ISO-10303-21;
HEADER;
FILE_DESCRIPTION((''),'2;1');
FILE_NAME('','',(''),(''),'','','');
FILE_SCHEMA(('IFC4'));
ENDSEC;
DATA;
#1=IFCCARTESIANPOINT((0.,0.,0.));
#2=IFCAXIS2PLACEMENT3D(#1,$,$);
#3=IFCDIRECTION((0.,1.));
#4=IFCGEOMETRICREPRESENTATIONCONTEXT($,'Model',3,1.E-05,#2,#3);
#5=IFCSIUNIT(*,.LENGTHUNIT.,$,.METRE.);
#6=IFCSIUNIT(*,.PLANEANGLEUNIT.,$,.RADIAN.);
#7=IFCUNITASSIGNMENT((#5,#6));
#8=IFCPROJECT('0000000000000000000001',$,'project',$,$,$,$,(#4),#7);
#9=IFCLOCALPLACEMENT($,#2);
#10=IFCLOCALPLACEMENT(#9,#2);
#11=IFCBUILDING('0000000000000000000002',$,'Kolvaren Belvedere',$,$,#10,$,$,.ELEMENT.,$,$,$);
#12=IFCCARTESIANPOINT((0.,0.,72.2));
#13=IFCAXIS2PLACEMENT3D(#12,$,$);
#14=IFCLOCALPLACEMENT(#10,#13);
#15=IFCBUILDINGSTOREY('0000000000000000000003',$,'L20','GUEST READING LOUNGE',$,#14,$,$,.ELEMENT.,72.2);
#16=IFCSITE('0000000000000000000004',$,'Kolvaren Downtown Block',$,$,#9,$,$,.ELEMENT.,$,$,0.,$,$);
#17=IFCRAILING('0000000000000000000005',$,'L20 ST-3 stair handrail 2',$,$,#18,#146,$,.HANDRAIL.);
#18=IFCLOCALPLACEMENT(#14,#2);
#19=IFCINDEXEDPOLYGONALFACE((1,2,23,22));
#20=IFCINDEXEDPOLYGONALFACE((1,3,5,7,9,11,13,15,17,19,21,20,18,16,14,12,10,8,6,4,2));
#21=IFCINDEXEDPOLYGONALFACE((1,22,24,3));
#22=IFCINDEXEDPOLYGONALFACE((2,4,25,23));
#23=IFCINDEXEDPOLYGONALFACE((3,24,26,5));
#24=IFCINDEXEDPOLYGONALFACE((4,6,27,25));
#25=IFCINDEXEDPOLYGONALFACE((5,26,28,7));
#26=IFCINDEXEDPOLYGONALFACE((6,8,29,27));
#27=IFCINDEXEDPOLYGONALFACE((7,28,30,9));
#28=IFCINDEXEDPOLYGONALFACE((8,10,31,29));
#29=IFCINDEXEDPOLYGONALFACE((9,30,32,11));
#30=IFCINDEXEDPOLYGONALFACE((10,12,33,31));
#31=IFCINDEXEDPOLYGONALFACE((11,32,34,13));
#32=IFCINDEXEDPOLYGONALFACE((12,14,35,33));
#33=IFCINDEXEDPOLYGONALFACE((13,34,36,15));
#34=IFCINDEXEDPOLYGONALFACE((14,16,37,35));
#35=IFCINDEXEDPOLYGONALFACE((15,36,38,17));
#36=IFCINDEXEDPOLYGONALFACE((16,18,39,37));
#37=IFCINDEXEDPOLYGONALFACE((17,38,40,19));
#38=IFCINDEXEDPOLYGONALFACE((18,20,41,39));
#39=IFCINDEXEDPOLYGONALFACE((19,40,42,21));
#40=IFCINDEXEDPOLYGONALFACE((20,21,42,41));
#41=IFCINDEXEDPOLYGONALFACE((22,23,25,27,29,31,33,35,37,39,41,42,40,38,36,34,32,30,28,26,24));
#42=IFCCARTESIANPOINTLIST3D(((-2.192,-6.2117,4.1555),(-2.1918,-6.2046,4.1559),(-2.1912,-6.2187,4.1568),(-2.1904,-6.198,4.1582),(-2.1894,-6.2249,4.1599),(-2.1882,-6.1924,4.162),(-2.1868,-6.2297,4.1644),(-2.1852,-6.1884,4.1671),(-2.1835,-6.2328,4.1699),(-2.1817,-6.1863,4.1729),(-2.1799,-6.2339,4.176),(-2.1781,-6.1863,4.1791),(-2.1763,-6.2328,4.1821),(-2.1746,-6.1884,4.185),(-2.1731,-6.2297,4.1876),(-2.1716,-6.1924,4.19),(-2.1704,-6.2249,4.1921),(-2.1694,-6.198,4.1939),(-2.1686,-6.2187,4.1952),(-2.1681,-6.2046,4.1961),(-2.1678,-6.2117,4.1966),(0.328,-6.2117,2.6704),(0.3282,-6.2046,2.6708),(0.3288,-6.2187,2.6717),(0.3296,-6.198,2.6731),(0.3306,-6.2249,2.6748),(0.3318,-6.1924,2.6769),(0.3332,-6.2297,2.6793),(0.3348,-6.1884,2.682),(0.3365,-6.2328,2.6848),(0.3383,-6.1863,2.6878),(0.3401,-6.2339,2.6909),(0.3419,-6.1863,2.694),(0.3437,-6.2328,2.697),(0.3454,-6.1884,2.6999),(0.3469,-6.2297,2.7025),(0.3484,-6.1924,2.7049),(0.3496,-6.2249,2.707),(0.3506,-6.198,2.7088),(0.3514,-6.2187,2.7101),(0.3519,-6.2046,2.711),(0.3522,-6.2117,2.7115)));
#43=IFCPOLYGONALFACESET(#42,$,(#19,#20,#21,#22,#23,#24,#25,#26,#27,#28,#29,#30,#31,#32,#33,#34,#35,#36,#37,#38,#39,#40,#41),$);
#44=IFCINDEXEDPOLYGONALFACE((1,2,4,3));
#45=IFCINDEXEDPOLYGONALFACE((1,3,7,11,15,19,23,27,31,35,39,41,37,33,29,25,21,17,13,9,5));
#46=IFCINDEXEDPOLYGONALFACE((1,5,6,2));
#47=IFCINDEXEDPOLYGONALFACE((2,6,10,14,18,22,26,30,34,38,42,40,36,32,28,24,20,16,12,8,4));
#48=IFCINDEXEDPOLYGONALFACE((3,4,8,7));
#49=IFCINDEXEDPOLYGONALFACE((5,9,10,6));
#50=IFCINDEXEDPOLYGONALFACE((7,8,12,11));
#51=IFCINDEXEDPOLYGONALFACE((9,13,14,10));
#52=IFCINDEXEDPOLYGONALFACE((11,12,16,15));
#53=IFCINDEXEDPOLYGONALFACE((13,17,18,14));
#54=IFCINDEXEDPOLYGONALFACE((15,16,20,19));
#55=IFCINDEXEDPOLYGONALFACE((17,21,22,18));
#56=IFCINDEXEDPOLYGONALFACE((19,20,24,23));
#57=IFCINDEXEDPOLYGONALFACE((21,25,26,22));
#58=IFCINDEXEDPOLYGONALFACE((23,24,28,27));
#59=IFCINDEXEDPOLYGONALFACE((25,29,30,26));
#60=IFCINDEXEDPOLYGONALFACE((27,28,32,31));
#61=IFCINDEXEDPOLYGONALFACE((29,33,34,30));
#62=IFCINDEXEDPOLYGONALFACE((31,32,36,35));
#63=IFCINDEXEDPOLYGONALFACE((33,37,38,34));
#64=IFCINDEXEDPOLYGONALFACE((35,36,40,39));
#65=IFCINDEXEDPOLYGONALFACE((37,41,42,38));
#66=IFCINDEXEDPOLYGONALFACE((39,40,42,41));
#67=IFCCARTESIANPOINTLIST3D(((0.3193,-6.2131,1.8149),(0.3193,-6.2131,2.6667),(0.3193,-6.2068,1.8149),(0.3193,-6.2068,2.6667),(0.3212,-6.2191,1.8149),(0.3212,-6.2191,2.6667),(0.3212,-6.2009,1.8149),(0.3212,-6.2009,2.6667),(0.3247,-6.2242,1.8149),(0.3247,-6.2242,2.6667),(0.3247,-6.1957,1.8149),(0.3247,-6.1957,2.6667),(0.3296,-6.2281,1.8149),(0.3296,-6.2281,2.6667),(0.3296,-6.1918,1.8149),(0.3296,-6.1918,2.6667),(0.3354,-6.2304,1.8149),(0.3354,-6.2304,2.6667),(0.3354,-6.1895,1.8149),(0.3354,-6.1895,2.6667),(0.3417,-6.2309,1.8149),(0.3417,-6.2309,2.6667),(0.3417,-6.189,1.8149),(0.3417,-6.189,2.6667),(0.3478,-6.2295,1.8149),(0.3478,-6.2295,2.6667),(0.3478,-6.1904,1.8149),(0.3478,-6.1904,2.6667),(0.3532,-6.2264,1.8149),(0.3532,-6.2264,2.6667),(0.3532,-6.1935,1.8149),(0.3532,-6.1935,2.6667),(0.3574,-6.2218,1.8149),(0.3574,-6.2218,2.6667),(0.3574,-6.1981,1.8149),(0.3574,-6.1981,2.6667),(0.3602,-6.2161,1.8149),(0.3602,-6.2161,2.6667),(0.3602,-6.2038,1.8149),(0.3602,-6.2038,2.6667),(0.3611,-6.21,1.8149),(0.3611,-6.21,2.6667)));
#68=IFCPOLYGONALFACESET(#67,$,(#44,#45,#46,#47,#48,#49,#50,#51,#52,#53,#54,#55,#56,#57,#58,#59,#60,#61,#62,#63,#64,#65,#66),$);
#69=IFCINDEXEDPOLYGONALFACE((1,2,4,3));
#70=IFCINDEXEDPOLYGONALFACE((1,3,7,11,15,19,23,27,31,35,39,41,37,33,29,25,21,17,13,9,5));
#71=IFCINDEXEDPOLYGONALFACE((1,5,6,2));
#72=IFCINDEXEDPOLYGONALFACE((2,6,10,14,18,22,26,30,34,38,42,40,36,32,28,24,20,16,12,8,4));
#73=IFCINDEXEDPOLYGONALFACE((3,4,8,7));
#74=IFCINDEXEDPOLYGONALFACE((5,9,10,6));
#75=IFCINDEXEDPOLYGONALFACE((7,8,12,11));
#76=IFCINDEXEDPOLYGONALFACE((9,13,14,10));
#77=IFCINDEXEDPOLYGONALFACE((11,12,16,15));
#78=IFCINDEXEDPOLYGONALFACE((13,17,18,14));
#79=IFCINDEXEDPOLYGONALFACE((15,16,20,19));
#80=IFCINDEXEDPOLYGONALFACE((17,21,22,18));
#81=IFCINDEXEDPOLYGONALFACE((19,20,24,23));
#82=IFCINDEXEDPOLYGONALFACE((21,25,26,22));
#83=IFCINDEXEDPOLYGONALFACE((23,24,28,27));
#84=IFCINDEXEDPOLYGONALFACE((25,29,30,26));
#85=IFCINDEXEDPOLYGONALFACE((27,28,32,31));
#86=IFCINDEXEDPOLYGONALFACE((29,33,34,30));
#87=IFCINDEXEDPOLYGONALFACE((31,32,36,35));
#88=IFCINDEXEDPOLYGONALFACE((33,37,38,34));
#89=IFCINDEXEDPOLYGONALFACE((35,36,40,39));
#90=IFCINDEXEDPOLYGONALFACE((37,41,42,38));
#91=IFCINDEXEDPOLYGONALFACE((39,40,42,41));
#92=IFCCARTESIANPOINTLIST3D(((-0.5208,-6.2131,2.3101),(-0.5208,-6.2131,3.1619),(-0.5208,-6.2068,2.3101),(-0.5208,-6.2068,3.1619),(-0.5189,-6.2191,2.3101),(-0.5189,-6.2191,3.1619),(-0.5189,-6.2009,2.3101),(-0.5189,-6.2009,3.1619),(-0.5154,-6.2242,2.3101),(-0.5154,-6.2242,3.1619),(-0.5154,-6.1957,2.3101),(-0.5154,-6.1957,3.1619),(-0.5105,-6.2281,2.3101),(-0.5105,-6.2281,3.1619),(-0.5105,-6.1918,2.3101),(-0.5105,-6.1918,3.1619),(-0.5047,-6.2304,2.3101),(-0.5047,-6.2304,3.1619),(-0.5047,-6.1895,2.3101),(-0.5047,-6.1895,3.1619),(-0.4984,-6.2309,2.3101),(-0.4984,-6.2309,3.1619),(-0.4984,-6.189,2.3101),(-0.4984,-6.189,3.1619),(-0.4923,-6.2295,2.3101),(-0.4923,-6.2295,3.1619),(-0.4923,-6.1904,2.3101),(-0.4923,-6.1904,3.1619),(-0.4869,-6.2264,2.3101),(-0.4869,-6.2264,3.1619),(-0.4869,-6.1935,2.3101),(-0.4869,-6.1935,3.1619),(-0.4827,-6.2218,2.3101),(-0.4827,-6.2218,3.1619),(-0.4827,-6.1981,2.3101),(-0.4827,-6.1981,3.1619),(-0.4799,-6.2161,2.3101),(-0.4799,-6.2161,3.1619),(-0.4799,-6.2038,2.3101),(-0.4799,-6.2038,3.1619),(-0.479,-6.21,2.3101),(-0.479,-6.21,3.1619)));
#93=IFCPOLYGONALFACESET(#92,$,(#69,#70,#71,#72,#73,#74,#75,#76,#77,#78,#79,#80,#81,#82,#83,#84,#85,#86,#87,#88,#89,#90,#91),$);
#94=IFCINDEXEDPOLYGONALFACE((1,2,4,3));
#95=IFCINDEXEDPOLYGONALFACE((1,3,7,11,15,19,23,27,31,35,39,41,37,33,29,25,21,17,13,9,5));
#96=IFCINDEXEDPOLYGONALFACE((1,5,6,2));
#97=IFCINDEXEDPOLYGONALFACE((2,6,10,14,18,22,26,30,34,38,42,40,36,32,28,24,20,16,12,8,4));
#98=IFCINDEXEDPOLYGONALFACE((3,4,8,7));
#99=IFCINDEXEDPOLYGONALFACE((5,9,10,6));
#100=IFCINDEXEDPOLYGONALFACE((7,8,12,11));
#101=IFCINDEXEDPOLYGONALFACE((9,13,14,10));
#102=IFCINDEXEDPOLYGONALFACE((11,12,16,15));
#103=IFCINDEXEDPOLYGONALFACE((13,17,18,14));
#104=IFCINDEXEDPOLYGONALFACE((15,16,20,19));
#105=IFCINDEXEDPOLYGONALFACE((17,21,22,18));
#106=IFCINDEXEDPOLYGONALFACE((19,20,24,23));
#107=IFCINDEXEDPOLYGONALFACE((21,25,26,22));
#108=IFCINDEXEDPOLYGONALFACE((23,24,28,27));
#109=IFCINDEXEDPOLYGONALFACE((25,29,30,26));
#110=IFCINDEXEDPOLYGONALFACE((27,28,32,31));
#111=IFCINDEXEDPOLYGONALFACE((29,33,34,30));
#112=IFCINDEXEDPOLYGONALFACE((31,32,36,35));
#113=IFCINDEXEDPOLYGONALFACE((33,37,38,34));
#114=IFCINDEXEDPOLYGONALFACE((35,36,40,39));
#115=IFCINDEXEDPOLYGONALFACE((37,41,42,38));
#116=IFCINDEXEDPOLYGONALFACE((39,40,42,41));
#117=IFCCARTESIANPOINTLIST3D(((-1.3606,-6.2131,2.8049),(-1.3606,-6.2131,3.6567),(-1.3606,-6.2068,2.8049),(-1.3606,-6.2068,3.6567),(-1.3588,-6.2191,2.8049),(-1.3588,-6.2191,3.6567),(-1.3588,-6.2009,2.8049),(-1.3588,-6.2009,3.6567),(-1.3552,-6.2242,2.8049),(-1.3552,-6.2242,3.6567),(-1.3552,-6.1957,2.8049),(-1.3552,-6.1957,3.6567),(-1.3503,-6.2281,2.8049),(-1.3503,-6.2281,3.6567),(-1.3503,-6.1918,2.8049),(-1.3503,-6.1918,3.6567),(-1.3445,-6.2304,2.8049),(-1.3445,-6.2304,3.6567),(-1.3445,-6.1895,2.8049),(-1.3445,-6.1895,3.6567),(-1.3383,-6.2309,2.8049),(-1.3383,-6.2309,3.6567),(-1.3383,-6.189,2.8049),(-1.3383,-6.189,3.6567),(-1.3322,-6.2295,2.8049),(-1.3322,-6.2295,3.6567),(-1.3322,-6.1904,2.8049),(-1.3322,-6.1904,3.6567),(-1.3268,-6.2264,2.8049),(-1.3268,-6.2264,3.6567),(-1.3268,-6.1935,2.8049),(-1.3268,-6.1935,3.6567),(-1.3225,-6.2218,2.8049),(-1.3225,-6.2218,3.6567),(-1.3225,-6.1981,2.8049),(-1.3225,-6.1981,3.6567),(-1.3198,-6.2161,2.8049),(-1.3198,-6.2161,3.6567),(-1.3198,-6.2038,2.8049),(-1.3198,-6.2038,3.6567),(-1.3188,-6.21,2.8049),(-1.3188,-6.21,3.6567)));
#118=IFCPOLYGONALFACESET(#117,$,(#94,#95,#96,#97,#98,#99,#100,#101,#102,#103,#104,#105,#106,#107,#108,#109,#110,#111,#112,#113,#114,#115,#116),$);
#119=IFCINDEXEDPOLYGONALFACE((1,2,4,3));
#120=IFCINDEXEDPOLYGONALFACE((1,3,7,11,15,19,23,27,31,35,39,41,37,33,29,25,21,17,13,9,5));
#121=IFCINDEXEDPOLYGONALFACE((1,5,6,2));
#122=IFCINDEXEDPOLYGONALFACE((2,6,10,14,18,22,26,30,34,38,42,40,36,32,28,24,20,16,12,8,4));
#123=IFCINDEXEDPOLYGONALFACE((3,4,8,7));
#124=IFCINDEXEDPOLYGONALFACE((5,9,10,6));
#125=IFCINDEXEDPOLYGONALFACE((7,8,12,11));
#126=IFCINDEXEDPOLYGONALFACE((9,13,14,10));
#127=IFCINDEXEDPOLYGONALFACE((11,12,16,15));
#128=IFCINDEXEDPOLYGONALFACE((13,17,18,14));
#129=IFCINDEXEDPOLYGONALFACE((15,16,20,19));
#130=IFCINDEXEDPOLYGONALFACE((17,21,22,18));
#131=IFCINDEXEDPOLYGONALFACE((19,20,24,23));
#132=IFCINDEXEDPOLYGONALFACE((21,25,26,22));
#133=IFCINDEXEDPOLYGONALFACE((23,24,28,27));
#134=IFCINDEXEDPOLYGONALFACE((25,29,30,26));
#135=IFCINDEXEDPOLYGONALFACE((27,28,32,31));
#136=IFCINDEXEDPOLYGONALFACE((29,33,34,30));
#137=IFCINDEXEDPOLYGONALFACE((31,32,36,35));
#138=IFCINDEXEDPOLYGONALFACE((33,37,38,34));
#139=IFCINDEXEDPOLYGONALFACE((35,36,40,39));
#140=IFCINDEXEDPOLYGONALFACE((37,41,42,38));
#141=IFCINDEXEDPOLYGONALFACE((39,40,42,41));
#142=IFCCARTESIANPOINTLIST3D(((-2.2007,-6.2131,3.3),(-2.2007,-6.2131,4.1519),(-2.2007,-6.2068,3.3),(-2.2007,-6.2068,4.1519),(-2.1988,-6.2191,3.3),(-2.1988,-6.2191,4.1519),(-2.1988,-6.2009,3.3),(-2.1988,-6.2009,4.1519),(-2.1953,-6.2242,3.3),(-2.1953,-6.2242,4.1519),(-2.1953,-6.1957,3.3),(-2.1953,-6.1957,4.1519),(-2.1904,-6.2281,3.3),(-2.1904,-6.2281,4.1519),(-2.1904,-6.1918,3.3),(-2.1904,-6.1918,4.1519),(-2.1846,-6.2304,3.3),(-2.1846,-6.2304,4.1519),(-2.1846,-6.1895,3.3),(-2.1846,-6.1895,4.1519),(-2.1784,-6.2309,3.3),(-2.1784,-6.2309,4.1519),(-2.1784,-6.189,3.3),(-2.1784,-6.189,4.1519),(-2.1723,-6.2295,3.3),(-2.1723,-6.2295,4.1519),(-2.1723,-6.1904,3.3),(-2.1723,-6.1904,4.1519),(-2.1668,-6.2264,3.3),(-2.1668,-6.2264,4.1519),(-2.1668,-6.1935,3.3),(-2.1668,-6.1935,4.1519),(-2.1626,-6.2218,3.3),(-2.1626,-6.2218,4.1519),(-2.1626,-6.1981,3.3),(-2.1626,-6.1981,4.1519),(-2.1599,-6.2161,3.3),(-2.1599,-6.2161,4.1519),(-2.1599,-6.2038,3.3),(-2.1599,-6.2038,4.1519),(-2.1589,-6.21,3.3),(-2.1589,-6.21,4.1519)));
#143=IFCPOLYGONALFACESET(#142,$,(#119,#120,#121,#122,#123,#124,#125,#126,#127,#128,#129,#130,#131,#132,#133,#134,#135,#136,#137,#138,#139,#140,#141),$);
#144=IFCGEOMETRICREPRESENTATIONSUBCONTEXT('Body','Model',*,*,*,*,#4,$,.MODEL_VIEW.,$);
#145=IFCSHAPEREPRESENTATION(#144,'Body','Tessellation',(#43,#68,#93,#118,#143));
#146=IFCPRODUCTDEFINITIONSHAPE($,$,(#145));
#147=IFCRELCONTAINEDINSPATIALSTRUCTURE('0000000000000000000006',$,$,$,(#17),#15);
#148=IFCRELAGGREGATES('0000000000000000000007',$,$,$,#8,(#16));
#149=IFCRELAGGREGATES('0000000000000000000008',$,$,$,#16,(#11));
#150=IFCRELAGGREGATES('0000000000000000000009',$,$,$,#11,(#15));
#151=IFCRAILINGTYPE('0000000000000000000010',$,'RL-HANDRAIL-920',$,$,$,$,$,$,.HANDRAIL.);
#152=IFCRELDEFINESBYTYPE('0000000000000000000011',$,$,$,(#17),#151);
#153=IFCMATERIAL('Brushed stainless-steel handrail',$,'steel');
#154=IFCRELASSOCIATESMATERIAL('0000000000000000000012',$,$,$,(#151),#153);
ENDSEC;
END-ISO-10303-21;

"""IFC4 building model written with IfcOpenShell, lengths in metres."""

from ifc_helpers import new_model, si_unit, direction, frame, origin, origin_2d, place, context, subcontext, project, spatial, circle, extrude, material, type_object, element, save


model = new_model("IFC4")

# Units and contexts
model_context = context("Model", 3, precision=1e-05, world=origin(), true_north=direction((0.0, 1.0)))
body_context = subcontext(model_context, "Body", "Model", "MODEL_VIEW")
ifc_project = project(units=[si_unit("LENGTHUNIT", "METRE"), si_unit("PLANEANGLEUNIT", "RADIAN")], contexts=[model_context])

# Site, building, storey
site_placement = place(None, origin())
site = spatial("IfcSite", under=ifc_project, at=site_placement, Name="Kolvaren Downtown Block", CompositionType="ELEMENT", RefElevation=0.0)
building_placement = place(site_placement, origin())
building = spatial("IfcBuilding", under=site, at=building_placement, Name="Kolvaren Belvedere", CompositionType="ELEMENT")
storey_placement = place(building_placement, frame((0.0, 0.0, 72.2)))
storey = spatial("IfcBuildingStorey", under=building, at=storey_placement, Name="L20", Description="GUEST READING LOUNGE", CompositionType="ELEMENT", Elevation=72.2)

# Railing
ifc_material_1 = material(Name="Brushed stainless-steel handrail", Category="steel")
railing_type_1 = type_object("IfcRailingType", Name="RL-HANDRAIL-920", PredefinedType="HANDRAIL", material=ifc_material_1)
railing_1_placement = place(storey_placement, frame((0.3401, -6.21, 1.8149)))
element("IfcRailing", 1, at=railing_1_placement, inside=storey, type_object=railing_type_1, Name="L20 ST-3 stair handrail 2", PredefinedType="HANDRAIL", context=body_context, shape_type="SweptSolid", body=[
    extrude(circle(Radius=0.0239, at=origin_2d()), frame((0.0, 0.0, 0.876), z_axis=(-0.861524, 0.0, 0.507717), x_axis=(0.0, -1.0, 0.0)), (0.0, 0.0, 1.0), 2.925),
    extrude(circle(Radius=0.021, at=origin_2d()), origin(), (0.0, 0.0, 1.0), 0.8518),
    extrude(circle(Radius=0.021, at=origin_2d()), frame((-0.8401, 0.0, 0.4951)), (0.0, 0.0, 1.0), 0.8518),
    extrude(circle(Radius=0.021, at=origin_2d()), frame((-1.6799, 0.0, 0.99)), (0.0, 0.0, 1.0), 0.8518),
    extrude(circle(Radius=0.021, at=origin_2d()), frame((-2.52, 0.0, 1.4851)), (0.0, 0.0, 1.0), 0.8518),
])

save(model, "model.ifc")
